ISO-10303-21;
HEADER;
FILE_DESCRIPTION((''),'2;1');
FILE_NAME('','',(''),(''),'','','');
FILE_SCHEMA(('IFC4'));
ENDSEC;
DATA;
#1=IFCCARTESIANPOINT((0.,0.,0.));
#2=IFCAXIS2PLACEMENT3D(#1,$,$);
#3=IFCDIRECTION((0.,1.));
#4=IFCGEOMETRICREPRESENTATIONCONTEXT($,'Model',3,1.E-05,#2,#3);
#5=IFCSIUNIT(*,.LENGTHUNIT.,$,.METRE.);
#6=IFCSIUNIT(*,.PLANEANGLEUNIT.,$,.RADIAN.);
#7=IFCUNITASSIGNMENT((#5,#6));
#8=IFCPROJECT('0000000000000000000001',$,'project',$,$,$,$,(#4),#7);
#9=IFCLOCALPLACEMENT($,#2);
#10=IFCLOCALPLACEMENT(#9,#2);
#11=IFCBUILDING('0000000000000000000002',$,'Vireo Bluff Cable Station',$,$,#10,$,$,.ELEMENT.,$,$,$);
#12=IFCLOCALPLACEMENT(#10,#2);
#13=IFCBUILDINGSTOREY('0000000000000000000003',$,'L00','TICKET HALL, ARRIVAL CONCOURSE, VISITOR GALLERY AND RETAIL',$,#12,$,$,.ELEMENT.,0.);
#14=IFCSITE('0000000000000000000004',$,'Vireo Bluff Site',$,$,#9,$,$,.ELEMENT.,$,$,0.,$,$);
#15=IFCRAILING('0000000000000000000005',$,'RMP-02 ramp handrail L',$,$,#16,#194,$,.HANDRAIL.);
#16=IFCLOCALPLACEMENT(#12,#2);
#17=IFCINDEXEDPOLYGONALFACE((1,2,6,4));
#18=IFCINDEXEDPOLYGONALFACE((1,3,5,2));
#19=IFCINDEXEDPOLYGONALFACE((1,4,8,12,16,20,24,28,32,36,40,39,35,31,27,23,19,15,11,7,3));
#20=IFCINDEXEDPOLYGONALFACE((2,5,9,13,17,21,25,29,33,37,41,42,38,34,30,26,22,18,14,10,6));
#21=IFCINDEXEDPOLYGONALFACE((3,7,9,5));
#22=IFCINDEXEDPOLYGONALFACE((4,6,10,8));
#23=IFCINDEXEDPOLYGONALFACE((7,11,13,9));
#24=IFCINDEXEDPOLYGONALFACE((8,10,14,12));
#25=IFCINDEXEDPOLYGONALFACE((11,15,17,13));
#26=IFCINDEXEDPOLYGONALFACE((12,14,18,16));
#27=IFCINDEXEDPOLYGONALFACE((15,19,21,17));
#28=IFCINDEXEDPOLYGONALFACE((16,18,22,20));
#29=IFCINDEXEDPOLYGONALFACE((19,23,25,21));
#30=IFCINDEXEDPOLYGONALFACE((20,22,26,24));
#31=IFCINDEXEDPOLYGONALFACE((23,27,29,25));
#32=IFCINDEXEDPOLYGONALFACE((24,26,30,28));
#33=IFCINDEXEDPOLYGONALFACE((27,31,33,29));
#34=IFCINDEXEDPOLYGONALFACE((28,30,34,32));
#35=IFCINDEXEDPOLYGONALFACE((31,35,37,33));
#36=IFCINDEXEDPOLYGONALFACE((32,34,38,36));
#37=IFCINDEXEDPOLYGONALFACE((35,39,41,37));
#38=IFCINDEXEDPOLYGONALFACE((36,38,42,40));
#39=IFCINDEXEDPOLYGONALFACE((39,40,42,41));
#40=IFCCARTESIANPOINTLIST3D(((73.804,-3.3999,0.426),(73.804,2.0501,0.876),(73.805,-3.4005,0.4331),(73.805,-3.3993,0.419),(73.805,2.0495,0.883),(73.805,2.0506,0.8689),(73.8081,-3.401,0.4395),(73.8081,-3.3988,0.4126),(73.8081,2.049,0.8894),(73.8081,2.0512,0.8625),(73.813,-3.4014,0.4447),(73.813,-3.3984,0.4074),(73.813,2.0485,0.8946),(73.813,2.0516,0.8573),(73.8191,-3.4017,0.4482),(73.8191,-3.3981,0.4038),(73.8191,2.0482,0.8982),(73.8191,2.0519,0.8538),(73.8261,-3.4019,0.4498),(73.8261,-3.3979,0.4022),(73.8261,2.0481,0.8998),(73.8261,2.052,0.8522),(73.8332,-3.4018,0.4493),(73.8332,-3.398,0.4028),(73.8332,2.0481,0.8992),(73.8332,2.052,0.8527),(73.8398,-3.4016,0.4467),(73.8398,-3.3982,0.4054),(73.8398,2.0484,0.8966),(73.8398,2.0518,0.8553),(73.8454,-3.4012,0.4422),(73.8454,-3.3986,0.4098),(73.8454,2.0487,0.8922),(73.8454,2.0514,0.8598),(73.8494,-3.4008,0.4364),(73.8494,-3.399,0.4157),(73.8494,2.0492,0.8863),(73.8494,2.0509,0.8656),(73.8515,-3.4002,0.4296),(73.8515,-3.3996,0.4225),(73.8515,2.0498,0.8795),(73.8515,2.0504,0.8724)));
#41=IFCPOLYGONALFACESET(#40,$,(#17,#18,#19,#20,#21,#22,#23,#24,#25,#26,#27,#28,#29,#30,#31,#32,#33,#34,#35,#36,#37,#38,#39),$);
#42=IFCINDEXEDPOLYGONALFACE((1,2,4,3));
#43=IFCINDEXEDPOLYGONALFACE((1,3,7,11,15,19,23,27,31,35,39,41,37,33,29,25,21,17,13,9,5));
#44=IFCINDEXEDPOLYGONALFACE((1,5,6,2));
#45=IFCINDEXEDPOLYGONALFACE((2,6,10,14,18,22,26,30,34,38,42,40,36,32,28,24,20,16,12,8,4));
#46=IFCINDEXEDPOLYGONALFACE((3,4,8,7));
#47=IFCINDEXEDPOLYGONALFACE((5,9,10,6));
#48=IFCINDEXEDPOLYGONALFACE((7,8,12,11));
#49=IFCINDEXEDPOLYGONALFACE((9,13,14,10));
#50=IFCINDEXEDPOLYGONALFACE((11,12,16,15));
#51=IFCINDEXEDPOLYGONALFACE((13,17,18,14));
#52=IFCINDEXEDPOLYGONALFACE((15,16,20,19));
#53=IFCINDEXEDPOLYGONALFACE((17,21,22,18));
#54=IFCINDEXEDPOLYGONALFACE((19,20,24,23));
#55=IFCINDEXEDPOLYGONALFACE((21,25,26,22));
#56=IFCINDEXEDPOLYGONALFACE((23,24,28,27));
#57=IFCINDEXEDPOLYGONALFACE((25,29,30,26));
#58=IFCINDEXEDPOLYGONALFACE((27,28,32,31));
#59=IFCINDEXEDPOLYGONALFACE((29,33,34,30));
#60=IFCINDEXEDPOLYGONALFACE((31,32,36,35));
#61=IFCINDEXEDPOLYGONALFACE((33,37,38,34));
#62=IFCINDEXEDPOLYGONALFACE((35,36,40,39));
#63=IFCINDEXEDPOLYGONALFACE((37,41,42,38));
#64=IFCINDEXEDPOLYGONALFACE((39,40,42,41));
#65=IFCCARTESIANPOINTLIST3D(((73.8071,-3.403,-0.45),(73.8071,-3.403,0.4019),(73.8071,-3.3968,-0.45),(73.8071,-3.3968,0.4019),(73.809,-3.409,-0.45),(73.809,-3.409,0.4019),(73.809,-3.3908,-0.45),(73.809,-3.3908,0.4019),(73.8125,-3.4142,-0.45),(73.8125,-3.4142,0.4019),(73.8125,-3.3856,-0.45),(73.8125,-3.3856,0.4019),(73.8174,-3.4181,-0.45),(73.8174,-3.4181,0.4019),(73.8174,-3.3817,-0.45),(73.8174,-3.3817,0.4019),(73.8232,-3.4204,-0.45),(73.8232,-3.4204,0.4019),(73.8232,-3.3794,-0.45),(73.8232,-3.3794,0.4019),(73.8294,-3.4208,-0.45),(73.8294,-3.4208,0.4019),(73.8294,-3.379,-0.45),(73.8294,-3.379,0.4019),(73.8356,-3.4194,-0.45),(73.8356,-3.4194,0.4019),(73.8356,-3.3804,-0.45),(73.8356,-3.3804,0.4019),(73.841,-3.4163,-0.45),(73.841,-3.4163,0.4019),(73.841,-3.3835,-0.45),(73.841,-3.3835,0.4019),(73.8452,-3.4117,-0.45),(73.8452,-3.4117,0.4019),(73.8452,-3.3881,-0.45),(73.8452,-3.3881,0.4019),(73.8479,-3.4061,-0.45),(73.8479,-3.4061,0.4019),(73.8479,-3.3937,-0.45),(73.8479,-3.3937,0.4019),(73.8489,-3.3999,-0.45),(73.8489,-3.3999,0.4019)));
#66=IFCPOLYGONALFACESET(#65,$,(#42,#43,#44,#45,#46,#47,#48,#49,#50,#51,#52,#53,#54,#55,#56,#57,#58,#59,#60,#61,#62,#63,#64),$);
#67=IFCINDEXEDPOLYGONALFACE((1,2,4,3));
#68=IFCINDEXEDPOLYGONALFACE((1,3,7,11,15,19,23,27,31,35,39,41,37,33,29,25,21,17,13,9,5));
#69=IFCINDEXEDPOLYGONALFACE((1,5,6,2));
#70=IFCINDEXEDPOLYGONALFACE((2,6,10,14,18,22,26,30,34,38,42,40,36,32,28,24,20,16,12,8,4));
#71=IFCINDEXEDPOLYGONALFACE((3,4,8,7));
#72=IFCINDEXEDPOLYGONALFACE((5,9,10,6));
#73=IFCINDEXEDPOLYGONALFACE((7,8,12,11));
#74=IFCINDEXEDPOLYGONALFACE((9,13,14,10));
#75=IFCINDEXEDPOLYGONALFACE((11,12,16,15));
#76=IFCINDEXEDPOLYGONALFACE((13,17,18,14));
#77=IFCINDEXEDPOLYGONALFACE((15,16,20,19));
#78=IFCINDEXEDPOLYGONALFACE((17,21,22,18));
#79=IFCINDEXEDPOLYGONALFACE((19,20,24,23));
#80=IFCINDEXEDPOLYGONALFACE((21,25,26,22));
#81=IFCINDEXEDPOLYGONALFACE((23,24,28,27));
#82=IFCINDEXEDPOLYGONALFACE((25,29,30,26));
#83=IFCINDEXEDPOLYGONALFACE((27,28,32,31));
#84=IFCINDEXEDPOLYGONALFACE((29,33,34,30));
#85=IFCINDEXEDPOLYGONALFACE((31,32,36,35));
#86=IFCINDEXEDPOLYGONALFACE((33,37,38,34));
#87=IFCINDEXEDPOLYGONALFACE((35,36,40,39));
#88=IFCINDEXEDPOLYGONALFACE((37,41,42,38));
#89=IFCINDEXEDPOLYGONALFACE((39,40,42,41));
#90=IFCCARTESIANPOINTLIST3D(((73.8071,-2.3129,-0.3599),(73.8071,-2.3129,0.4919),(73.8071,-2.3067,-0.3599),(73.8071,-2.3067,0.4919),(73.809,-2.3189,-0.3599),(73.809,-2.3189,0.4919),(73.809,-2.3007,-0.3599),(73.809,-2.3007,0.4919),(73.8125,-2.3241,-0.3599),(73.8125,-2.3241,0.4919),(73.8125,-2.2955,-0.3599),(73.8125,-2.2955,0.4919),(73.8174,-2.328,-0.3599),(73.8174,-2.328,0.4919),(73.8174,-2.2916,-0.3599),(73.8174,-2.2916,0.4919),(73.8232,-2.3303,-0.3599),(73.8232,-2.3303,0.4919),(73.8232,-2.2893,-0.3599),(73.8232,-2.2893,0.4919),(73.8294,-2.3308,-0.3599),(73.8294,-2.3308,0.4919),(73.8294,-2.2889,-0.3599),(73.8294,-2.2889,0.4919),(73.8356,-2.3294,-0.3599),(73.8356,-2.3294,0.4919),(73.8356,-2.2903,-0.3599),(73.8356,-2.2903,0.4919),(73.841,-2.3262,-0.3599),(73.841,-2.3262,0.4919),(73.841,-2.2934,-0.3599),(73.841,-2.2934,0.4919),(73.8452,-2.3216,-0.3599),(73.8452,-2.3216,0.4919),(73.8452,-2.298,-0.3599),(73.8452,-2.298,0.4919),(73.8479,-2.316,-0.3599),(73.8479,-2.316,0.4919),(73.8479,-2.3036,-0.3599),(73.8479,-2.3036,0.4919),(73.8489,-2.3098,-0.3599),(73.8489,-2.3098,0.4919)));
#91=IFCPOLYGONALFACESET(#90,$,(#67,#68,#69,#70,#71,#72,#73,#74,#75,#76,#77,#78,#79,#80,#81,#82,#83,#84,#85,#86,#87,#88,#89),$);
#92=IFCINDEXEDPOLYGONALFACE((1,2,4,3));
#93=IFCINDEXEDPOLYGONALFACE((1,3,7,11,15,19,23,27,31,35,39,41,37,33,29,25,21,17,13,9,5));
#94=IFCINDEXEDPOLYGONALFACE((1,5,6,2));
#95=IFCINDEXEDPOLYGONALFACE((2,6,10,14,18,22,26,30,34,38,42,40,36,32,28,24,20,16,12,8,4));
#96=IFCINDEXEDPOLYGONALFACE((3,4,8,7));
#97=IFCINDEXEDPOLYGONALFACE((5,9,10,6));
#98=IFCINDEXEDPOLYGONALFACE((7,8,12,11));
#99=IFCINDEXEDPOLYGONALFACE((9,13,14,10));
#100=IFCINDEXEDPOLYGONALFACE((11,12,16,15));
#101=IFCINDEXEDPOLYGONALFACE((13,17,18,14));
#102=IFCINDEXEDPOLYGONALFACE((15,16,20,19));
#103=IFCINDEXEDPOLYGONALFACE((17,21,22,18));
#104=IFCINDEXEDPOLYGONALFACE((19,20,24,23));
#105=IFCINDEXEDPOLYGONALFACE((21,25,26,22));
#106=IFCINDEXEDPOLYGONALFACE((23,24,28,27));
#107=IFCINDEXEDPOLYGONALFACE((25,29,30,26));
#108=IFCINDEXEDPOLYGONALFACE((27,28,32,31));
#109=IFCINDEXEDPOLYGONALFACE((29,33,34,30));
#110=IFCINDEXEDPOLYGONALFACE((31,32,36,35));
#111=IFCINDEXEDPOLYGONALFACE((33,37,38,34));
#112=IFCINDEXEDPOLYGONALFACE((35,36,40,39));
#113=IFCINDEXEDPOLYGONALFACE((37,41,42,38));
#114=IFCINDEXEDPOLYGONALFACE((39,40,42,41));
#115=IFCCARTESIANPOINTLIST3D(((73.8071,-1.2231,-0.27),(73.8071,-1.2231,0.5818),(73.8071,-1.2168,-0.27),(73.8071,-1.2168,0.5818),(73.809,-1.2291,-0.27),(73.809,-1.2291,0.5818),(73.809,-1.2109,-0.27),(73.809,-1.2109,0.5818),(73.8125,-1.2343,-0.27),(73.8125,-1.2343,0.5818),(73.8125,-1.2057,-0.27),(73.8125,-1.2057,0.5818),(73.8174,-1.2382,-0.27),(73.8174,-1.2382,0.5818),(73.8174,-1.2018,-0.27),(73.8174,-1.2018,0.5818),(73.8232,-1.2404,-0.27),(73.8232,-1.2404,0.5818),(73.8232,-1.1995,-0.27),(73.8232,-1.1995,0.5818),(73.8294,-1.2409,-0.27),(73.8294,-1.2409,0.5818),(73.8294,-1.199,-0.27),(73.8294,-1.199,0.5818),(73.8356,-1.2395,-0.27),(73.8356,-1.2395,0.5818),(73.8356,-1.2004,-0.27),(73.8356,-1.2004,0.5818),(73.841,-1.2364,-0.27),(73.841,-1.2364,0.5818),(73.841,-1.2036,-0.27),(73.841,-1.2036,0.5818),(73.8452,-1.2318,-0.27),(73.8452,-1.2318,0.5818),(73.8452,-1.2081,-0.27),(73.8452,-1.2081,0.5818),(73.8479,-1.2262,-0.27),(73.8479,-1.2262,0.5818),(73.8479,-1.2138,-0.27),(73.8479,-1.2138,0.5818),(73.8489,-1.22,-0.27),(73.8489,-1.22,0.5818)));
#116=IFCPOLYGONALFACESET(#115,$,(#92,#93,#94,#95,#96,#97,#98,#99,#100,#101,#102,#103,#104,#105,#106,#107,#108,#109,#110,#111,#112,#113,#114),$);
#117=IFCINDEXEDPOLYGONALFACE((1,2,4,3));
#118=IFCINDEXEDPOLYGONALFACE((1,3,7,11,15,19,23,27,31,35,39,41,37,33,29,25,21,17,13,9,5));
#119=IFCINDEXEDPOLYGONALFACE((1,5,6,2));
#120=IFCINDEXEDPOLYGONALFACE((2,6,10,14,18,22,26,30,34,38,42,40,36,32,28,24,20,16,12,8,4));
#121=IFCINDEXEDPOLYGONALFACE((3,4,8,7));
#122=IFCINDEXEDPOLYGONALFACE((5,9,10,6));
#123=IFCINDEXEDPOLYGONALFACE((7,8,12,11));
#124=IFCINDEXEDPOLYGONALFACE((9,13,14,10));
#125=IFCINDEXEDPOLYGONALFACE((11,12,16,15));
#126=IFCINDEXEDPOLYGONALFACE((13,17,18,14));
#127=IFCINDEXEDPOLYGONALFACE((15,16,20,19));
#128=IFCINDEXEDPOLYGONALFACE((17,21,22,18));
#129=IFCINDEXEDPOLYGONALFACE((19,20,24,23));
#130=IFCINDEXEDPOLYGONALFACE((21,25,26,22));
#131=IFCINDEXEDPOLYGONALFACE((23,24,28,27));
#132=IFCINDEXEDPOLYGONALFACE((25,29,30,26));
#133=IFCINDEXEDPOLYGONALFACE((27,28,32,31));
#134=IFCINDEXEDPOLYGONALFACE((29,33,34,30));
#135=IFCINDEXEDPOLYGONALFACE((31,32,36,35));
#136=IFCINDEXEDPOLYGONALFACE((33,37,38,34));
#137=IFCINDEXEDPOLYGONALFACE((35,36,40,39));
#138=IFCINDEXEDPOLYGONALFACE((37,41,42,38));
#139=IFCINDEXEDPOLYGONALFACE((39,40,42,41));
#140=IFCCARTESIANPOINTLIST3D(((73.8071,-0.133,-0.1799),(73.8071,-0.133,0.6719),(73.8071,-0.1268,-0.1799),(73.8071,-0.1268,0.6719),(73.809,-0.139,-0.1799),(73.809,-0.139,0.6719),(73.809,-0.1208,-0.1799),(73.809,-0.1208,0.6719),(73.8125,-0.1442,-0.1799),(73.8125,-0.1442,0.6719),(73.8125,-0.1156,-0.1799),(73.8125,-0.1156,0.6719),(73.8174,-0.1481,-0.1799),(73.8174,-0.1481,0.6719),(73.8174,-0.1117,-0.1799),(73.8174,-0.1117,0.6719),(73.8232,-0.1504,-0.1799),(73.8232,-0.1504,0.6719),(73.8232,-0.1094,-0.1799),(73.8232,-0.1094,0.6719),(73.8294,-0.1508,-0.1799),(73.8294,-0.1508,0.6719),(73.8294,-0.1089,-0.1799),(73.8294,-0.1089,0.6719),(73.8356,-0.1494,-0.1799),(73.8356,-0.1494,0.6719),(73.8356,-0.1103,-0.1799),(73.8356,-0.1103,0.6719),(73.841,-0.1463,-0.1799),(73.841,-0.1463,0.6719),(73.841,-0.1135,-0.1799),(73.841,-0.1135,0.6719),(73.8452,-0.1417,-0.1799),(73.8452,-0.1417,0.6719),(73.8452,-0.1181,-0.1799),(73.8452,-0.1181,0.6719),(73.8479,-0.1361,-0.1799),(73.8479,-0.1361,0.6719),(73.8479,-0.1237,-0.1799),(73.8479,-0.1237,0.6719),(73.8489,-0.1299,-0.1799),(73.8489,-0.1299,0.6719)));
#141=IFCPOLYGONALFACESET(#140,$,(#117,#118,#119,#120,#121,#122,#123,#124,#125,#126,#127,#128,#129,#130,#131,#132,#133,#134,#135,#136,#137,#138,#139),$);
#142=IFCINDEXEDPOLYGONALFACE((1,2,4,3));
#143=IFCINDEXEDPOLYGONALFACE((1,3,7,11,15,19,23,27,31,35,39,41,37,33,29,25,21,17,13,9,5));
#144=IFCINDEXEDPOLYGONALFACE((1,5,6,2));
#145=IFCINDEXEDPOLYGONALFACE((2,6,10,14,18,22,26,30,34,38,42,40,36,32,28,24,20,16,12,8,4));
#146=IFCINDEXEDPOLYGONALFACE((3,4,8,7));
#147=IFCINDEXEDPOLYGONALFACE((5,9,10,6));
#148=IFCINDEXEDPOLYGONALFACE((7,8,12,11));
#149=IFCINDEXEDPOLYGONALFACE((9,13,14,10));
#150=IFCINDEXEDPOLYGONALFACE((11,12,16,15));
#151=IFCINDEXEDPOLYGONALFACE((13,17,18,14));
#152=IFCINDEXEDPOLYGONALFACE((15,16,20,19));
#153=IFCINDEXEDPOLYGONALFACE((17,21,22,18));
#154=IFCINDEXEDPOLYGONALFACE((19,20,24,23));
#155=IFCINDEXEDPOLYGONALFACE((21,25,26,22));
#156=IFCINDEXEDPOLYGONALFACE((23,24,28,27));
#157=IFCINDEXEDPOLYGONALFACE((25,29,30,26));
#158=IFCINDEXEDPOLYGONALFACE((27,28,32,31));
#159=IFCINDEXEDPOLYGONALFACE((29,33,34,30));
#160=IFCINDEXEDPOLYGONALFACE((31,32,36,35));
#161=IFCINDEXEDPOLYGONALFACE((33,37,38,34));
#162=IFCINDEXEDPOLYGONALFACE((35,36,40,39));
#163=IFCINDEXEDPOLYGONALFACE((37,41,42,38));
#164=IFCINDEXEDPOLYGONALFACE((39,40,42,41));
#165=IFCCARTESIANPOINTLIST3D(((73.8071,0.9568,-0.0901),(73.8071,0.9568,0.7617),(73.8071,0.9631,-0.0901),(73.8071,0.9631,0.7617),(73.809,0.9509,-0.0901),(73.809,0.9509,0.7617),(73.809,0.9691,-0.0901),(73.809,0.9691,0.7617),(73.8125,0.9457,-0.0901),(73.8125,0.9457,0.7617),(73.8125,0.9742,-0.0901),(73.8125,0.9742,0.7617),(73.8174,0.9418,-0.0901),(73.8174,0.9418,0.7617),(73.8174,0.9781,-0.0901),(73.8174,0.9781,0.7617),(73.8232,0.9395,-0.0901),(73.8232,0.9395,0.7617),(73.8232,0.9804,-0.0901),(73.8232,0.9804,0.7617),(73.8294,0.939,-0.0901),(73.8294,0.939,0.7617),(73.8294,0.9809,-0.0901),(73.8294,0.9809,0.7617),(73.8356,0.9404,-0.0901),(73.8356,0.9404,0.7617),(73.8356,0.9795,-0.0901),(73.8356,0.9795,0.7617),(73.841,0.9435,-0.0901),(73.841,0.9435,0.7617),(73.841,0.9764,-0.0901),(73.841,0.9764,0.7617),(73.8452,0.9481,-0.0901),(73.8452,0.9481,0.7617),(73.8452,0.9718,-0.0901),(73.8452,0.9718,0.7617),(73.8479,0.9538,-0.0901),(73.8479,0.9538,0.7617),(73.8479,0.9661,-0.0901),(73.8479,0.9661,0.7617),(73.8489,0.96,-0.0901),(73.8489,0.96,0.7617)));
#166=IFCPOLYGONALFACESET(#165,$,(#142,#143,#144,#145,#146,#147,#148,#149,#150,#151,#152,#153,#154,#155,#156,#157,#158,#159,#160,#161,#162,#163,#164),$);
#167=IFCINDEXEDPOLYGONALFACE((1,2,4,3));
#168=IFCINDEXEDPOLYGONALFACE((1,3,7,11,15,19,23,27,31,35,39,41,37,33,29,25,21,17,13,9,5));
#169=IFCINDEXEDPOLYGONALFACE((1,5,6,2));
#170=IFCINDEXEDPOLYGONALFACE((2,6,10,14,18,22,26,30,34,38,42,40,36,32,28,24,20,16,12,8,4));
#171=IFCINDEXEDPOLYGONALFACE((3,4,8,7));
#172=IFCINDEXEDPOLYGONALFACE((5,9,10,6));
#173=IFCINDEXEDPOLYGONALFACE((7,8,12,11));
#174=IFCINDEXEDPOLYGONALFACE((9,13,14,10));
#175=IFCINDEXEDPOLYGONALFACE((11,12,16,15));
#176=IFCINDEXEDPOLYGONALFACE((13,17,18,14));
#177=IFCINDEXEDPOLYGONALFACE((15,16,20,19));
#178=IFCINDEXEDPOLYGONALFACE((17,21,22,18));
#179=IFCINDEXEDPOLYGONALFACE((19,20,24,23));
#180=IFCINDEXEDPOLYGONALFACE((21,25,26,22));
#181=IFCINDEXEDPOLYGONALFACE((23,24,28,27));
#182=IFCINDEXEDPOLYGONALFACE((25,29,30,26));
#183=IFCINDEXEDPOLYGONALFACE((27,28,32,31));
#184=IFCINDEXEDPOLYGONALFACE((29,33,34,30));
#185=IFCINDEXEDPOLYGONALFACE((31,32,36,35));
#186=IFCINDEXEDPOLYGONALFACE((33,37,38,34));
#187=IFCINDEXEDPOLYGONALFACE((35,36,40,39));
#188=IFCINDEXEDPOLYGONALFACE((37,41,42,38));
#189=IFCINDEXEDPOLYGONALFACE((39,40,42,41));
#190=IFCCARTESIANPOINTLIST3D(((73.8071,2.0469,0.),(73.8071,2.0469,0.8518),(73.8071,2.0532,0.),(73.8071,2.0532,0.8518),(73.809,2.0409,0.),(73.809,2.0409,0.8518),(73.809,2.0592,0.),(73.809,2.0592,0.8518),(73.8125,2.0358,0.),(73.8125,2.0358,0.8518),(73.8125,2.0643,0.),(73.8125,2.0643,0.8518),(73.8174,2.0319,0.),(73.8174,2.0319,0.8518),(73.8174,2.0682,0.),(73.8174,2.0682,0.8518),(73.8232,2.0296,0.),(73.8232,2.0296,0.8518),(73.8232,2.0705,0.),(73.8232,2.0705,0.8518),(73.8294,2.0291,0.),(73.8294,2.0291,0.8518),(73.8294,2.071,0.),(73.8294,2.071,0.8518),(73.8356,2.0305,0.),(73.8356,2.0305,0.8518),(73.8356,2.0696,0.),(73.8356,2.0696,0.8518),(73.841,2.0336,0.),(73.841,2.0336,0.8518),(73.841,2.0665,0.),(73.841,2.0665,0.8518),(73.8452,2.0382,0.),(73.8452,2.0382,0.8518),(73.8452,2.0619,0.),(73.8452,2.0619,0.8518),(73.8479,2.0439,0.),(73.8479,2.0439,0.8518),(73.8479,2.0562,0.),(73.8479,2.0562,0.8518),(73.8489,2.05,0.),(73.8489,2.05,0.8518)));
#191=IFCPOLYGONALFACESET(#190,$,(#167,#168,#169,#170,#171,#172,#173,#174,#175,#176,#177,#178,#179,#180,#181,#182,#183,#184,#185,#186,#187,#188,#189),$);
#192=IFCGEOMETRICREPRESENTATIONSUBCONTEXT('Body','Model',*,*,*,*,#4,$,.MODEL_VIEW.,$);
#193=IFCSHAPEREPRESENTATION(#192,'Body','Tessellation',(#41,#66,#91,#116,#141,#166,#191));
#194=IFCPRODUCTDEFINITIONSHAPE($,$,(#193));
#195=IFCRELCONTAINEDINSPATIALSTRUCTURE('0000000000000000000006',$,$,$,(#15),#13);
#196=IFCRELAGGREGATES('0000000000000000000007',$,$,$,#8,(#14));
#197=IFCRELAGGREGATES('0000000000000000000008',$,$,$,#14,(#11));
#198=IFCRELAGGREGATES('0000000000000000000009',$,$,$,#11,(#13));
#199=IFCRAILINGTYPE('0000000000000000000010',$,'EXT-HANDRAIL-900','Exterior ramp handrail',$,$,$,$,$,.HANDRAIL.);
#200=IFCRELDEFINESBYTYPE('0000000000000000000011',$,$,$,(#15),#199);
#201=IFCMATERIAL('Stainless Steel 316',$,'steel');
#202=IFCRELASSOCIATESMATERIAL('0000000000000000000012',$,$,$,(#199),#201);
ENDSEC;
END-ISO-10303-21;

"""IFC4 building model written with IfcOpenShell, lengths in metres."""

from ifc_helpers import new_model, si_unit, direction, frame, origin, origin_2d, place, context, subcontext, project, spatial, circle, extrude, material, type_object, element, save


model = new_model("IFC4")

# Units and contexts
model_context = context("Model", 3, precision=1e-05, world=origin(), true_north=direction((0.0, 1.0)))
body_context = subcontext(model_context, "Body", "Model", "MODEL_VIEW")
ifc_project = project(units=[si_unit("LENGTHUNIT", "METRE"), si_unit("PLANEANGLEUNIT", "RADIAN")], contexts=[model_context])

# Site, building, storey
site_placement = place(None, origin())
site = spatial("IfcSite", under=ifc_project, at=site_placement, Name="Vireo Bluff Site", CompositionType="ELEMENT", RefElevation=0.0)
building_placement = place(site_placement, origin())
building = spatial("IfcBuilding", under=site, at=building_placement, Name="Vireo Bluff Cable Station", CompositionType="ELEMENT")
storey_placement = place(building_placement, origin())
storey = spatial("IfcBuildingStorey", under=building, at=storey_placement, Name="L00", Description="TICKET HALL, ARRIVAL CONCOURSE, VISITOR GALLERY AND RETAIL", CompositionType="ELEMENT", Elevation=0.0)

# Railing
ifc_material_1 = material(Name="Stainless Steel 316", Category="steel")
railing_type = type_object("IfcRailingType", Name="EXT-HANDRAIL-900", Description="Exterior ramp handrail", PredefinedType="HANDRAIL", material=ifc_material_1)
for number, where, name in (
    (1, (73.8279, -3.3999, -0.45), "RMP-02 ramp handrail L"),
):
    element("IfcRailing", number, at=place(storey_placement, frame(where)), inside=storey, type_object=railing_type, Name=name, PredefinedType="HANDRAIL", context=body_context, shape_type="SweptSolid", body=[
        extrude(circle(Radius=0.0239, at=origin_2d()), frame((0.0, 0.0, 0.876), z_axis=(0.0, 0.996609, 0.082281), x_axis=(-1.0, 0.0, 0.0)), (0.0, 0.0, 1.0), 5.4685),
        extrude(circle(Radius=0.021, at=origin_2d()), origin(), (0.0, 0.0, 1.0), 0.8518),
        extrude(circle(Radius=0.021, at=origin_2d()), frame((0.0, 1.0901, 0.0901)), (0.0, 0.0, 1.0), 0.8518),
        extrude(circle(Radius=0.021, at=origin_2d()), frame((0.0, 2.1799, 0.1799)), (0.0, 0.0, 1.0), 0.8518),
        extrude(circle(Radius=0.021, at=origin_2d()), frame((0.0, 3.27, 0.27)), (0.0, 0.0, 1.0), 0.8518),
        extrude(circle(Radius=0.021, at=origin_2d()), frame((0.0, 4.3599, 0.3599)), (0.0, 0.0, 1.0), 0.8518),
        extrude(circle(Radius=0.021, at=origin_2d()), frame((0.0, 5.45, 0.45)), (0.0, 0.0, 1.0), 0.8518),
    ])

save(model, "model.ifc")
